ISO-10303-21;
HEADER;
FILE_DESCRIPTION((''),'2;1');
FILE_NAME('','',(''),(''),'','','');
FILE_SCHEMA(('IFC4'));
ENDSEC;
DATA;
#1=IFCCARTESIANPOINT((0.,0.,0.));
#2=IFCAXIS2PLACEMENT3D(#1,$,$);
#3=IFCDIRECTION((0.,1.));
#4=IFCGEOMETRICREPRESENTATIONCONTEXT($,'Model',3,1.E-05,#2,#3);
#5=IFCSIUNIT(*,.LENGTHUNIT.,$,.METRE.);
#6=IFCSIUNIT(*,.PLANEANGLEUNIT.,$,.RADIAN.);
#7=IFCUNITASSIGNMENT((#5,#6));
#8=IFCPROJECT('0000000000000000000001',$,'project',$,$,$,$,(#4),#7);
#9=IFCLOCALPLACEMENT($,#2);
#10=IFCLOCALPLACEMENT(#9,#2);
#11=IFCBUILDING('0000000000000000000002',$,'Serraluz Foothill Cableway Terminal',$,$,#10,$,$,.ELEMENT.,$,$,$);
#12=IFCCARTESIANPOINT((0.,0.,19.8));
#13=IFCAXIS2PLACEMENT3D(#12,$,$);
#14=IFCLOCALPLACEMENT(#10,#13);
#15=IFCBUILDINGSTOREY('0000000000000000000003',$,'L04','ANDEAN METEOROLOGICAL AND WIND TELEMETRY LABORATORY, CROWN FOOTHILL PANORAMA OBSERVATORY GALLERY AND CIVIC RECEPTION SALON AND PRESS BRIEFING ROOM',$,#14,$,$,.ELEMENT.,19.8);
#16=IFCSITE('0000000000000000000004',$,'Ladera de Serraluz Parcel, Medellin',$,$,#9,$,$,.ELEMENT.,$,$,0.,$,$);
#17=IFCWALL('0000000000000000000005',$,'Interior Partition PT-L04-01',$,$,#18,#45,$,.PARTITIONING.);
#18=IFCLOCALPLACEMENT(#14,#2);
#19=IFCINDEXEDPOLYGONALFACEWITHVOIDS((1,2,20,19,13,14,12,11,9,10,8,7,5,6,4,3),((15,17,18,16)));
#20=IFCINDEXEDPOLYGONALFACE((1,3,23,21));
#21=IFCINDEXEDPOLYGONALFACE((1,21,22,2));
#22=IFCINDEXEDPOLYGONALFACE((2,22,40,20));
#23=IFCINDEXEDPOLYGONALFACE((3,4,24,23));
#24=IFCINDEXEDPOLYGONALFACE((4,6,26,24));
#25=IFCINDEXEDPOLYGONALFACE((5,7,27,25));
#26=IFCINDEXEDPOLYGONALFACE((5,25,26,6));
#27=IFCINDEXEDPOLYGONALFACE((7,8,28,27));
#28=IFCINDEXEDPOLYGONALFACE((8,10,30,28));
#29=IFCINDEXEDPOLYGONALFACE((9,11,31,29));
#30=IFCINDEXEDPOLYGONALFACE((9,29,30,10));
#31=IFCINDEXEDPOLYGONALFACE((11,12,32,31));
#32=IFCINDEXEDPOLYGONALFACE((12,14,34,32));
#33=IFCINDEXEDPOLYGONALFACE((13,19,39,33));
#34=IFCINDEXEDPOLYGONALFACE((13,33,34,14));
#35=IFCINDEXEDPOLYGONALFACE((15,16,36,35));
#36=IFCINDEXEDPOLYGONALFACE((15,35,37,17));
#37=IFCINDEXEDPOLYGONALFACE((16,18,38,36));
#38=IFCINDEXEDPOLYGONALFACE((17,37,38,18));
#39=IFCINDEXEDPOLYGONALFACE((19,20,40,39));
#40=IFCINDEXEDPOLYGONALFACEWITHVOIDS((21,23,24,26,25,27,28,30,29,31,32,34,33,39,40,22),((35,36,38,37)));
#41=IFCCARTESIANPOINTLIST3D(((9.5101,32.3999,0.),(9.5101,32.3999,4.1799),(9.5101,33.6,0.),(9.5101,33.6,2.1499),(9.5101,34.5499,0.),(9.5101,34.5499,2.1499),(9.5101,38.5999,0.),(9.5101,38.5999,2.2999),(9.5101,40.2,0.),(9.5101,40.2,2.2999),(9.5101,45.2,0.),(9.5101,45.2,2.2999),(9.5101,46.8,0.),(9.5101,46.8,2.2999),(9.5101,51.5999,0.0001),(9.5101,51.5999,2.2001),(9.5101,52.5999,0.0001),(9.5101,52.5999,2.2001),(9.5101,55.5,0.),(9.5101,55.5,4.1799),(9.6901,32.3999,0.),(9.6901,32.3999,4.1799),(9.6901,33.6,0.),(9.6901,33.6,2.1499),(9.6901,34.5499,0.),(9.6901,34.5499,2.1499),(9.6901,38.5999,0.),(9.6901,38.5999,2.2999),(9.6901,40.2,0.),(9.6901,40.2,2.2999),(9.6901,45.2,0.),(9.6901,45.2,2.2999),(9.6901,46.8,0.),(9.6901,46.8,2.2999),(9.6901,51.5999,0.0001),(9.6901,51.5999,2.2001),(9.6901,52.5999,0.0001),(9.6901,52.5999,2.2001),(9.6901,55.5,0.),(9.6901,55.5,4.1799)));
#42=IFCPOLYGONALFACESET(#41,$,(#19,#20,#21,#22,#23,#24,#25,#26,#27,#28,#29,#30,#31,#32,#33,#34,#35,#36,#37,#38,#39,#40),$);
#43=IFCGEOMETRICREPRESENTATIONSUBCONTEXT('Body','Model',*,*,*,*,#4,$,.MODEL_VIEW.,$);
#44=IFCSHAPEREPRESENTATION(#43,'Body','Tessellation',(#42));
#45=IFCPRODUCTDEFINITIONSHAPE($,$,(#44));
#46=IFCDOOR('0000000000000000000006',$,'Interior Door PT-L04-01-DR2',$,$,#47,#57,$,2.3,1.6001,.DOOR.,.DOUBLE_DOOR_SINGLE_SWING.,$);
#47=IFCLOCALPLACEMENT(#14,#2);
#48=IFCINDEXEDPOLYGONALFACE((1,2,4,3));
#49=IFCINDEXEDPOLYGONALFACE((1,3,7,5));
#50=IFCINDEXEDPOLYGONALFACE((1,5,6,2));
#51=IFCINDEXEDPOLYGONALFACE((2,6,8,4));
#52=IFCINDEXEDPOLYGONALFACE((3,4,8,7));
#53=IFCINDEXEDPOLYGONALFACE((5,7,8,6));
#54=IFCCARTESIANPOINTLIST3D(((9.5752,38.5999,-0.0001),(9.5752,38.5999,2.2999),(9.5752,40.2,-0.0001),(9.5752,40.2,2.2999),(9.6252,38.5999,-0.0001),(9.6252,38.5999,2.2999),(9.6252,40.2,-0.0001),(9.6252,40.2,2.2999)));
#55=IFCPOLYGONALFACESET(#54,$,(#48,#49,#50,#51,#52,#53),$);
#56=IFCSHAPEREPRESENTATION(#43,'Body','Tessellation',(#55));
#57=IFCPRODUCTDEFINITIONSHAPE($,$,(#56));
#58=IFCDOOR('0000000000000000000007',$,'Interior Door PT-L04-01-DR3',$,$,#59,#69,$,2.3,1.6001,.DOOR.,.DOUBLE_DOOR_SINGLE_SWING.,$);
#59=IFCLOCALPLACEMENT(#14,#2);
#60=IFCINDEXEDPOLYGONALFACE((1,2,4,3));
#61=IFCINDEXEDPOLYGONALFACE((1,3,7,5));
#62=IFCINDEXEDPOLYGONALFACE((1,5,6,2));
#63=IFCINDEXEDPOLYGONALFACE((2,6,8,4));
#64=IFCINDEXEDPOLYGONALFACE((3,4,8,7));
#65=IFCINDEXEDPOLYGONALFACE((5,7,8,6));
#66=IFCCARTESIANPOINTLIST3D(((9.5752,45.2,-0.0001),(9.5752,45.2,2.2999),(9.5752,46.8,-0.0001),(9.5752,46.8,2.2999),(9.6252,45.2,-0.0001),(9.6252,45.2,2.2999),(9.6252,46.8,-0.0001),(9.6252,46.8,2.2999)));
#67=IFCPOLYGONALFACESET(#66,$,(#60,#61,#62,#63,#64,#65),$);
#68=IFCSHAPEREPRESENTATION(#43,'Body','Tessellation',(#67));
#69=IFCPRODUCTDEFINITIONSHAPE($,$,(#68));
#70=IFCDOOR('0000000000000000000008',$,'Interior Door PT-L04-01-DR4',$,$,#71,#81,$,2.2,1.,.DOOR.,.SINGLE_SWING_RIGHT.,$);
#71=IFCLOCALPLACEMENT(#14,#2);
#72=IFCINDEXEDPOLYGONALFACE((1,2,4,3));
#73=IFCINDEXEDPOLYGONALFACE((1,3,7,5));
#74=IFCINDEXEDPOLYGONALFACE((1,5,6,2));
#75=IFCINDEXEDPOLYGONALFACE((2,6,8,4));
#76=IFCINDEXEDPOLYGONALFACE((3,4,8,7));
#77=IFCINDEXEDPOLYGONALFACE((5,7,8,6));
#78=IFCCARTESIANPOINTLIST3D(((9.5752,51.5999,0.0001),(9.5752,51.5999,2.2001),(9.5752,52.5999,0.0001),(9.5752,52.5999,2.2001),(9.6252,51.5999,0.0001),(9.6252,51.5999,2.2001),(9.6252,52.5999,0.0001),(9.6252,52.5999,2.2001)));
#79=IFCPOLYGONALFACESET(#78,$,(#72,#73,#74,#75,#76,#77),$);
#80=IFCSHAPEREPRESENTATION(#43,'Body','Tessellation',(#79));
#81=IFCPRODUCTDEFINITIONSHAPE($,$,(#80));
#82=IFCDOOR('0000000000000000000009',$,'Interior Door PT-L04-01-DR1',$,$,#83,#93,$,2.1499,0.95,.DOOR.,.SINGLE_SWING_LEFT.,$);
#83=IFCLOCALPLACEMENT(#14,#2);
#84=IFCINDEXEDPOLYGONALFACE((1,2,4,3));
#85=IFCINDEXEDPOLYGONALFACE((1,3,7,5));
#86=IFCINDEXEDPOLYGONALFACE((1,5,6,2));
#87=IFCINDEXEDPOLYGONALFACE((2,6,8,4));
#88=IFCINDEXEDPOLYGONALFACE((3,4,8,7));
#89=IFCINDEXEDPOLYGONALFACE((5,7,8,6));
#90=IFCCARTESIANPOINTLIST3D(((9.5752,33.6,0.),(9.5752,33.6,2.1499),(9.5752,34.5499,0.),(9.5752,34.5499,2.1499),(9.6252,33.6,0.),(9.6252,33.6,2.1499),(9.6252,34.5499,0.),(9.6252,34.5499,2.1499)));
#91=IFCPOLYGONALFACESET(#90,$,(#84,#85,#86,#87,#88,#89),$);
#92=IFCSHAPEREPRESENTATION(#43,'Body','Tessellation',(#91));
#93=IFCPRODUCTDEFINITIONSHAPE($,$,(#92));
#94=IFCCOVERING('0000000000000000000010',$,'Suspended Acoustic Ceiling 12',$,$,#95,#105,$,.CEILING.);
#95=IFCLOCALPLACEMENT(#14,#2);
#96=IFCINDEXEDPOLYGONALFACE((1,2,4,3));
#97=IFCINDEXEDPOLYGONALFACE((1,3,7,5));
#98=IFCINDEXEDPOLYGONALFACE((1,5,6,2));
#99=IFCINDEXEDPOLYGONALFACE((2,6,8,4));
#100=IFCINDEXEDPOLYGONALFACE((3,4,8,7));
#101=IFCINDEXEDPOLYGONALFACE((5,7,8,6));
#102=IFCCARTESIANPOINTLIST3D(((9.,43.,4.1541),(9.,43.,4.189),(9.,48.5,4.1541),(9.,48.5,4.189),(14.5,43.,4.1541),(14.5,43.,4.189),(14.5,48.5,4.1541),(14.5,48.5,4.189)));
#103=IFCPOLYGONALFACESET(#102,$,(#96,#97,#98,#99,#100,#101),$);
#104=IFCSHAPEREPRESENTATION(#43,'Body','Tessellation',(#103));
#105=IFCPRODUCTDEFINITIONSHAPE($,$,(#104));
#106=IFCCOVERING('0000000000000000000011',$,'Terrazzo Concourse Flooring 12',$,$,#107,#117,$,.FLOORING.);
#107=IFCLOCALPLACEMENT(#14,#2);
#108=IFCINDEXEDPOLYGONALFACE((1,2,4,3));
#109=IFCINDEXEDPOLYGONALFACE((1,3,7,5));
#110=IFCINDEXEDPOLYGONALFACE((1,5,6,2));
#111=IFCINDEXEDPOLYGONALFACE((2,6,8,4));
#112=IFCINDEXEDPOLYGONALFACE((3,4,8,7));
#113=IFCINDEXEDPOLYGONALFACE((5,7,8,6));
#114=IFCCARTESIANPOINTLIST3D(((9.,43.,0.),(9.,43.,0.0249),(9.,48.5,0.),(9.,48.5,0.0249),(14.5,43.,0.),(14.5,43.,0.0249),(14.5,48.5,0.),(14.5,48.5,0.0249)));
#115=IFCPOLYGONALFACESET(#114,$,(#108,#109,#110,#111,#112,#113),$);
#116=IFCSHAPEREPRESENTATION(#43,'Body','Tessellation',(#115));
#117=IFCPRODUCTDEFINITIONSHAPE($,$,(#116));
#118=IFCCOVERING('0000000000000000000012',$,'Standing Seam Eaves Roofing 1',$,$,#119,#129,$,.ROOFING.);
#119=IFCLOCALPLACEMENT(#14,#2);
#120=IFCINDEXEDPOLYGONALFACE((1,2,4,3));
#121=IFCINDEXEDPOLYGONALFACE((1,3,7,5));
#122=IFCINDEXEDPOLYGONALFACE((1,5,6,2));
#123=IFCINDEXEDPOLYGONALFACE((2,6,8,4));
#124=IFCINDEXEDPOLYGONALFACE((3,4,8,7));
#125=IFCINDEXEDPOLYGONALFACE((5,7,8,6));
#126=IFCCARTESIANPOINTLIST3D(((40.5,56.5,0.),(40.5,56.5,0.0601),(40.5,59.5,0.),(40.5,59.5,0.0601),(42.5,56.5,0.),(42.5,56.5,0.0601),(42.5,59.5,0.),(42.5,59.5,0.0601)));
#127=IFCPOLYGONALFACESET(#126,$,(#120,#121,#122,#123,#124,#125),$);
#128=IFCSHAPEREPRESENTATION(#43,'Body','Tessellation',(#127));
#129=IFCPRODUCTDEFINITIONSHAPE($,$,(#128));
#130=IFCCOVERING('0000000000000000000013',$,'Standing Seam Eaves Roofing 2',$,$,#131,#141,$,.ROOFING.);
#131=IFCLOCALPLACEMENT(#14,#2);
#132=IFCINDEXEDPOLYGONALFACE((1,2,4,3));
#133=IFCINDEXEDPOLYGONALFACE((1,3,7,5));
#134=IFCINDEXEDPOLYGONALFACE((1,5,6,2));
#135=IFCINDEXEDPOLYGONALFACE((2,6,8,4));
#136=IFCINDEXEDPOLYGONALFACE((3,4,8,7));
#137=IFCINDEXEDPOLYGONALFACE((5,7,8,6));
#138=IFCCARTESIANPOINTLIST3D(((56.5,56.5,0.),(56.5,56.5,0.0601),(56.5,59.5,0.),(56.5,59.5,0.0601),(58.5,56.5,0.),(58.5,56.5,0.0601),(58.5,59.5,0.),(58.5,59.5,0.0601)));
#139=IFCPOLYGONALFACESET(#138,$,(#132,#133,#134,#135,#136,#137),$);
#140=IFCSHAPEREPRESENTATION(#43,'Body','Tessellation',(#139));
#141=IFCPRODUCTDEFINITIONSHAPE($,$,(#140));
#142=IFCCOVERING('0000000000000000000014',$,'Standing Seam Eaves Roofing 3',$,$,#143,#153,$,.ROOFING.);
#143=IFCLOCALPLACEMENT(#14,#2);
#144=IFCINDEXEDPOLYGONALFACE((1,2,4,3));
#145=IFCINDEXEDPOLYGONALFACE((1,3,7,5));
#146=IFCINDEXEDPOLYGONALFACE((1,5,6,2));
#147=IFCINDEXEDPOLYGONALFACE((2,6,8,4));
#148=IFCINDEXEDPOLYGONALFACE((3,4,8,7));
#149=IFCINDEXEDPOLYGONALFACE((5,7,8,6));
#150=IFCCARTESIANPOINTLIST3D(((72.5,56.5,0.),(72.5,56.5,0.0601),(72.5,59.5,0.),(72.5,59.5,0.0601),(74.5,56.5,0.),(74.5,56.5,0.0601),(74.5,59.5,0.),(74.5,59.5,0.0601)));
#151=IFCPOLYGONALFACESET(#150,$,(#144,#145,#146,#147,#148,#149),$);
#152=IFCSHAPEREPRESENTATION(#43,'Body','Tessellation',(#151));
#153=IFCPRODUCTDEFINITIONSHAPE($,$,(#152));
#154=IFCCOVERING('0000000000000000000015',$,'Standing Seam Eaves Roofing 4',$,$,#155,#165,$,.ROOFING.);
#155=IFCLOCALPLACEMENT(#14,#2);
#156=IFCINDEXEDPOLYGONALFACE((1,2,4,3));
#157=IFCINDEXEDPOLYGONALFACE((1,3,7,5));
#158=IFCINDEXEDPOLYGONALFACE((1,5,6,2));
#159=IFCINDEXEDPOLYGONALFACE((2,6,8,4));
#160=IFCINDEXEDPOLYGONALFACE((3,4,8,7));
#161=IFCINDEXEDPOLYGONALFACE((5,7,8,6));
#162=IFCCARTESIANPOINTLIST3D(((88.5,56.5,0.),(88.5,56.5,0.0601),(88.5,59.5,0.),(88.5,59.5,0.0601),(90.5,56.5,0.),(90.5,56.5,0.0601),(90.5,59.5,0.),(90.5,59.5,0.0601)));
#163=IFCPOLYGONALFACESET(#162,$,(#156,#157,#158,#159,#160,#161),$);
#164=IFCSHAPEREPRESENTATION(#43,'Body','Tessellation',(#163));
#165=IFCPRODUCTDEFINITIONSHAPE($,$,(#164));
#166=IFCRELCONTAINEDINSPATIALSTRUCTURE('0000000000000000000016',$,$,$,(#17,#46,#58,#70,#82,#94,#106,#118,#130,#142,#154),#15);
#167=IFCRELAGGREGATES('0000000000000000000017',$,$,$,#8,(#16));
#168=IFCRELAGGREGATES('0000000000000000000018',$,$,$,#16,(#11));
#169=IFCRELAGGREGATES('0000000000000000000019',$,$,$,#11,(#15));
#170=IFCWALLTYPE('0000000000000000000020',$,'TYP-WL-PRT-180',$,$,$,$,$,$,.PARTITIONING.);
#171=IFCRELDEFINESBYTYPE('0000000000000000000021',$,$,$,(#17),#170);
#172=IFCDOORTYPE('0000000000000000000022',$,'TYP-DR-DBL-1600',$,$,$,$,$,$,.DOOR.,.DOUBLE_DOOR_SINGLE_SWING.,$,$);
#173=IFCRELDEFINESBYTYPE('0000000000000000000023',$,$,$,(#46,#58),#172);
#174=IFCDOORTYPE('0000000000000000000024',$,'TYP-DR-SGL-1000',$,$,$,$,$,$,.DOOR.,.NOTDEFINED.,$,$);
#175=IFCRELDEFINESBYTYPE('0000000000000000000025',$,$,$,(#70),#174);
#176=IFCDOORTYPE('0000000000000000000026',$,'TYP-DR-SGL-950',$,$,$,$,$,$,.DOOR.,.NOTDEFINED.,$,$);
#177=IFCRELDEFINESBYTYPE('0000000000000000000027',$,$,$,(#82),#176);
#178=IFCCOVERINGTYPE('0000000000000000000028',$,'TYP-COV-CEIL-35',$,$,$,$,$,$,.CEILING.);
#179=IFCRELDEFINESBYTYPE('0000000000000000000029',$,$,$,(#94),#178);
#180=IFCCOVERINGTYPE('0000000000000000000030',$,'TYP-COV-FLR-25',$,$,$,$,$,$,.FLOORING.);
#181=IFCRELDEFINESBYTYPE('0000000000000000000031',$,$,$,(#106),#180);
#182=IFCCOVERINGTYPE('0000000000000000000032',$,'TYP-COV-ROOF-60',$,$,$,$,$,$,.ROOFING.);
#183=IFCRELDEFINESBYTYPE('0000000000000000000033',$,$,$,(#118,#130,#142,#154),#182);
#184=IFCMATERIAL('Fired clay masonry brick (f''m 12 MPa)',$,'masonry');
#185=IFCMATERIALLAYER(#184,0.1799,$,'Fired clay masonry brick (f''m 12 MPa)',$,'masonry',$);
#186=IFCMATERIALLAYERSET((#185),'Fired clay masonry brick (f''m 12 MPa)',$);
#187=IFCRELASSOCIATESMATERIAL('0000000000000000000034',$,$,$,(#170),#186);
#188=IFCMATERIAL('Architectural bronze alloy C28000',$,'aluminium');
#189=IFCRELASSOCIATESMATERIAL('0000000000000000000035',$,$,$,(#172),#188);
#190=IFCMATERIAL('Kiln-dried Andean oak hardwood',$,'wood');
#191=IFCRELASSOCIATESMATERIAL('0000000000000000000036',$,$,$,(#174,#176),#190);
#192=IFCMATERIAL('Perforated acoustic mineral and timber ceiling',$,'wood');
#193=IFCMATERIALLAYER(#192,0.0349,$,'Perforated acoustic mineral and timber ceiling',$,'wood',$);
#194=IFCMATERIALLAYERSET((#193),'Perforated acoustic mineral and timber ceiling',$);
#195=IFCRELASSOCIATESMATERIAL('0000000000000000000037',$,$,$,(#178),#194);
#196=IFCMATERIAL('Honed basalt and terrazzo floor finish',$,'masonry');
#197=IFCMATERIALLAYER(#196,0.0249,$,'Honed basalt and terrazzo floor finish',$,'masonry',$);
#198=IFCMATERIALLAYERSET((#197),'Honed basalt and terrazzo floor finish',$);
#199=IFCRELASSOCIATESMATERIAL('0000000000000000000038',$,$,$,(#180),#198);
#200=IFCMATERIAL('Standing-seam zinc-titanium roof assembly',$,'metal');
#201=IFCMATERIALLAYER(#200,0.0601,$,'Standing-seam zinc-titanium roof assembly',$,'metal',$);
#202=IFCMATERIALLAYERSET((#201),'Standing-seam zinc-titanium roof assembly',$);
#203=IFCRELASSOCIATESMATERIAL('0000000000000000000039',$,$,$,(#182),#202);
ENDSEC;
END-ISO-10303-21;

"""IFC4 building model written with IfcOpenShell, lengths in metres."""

from ifc_helpers import new_model, si_unit, direction, frame, frame_2d, origin, place, context, subcontext, project, spatial, polyline, rectangle, outline, extrude, material, layer, layer_set, type_object, element, fill, save


model = new_model("IFC4")

# Units and contexts
model_context = context("Model", 3, precision=1e-05, world=origin(), true_north=direction((0.0, 1.0)))
body_context = subcontext(model_context, "Body", "Model", "MODEL_VIEW")
ifc_project = project(units=[si_unit("LENGTHUNIT", "METRE"), si_unit("PLANEANGLEUNIT", "RADIAN")], contexts=[model_context])

# Site, building, storey
site_placement = place(None, origin())
site = spatial("IfcSite", under=ifc_project, at=site_placement, Name="Ladera de Serraluz Parcel, Medellin", CompositionType="ELEMENT", RefElevation=0.0)
building_placement = place(site_placement, origin())
building = spatial("IfcBuilding", under=site, at=building_placement, Name="Serraluz Foothill Cableway Terminal", CompositionType="ELEMENT")
storey_placement = place(building_placement, frame((0.0, 0.0, 19.8)))
storey = spatial("IfcBuildingStorey", under=building, at=storey_placement, Name="L04", Description="ANDEAN METEOROLOGICAL AND WIND TELEMETRY LABORATORY, CROWN FOOTHILL PANORAMA OBSERVATORY GALLERY AND CIVIC RECEPTION SALON AND PRESS BRIEFING ROOM", CompositionType="ELEMENT", Elevation=19.8)

# Shared definitions
ifc_material_1 = material(Name="Fired clay masonry brick (f'm 12 MPa)", Category="masonry")

# Wall, openings, doors
ifc_layer_1 = layer(ifc_material_1, 0.1799, Name="Fired clay masonry brick (f'm 12 MPa)", Category="masonry")
ifc_layer_set_1 = layer_set([ifc_layer_1], Name="Fired clay masonry brick (f'm 12 MPa)")
wall_type_1 = type_object("IfcWallType", Name="TYP-WL-PRT-180", PredefinedType="PARTITIONING", material=ifc_layer_set_1)
wall_1_placement = place(storey_placement, frame((9.6001, 32.3999, 0.0), z_axis=(0.0, 0.0, 1.0), x_axis=(0.0, 1.0, 0.0)))
wall_1 = element("IfcWall", 1, at=wall_1_placement, inside=storey, type_object=wall_type_1, Name="Interior Partition PT-L04-01", PredefinedType="PARTITIONING", context=body_context, shape_type="SweptSolid", body=[
    extrude(rectangle(XDim=23.1001, YDim=0.1799, at=frame_2d((11.55, 0.0))), origin(), (0.0, 0.0, 1.0), 4.1799),
])
opening_1_placement = place(wall_1_placement, frame((1.2, 0.0, 0.0)))
opening_1 = element("IfcOpeningElement", 2, at=opening_1_placement, cuts=wall_1, PredefinedType="OPENING", context=body_context, shape_type="SweptSolid", body=[
    extrude(rectangle(XDim=0.95, YDim=2.1499, at=frame_2d((0.4751, 1.075))), frame((0.0, 0.1001, 0.0), z_axis=(0.0, -1.0, 0.0), x_axis=(1.0, 0.0, 0.0)), (0.0, 0.0, 1.0), 0.2),
])
opening_2_placement = place(wall_1_placement, frame((6.2, 0.0, 0.0)))
opening_2 = element("IfcOpeningElement", 3, at=opening_2_placement, cuts=wall_1, PredefinedType="OPENING", context=body_context, shape_type="SweptSolid", body=[
    extrude(rectangle(XDim=1.6001, YDim=2.3, at=frame_2d((0.8, 1.1499))), frame((0.0, 0.1001, 0.0), z_axis=(0.0, -1.0, 0.0), x_axis=(1.0, 0.0, 0.0)), (0.0, 0.0, 1.0), 0.2),
])
opening_3_placement = place(wall_1_placement, frame((12.8, 0.0, 0.0)))
opening_3 = element("IfcOpeningElement", 4, at=opening_3_placement, cuts=wall_1, PredefinedType="OPENING", context=body_context, shape_type="SweptSolid", body=[
    extrude(rectangle(XDim=1.6001, YDim=2.3, at=frame_2d((0.8, 1.1499))), frame((0.0, 0.1001, 0.0), z_axis=(0.0, -1.0, 0.0), x_axis=(1.0, 0.0, 0.0)), (0.0, 0.0, 1.0), 0.2),
])
opening_4_placement = place(wall_1_placement, frame((19.2, 0.0, 0.0)))
opening_4 = element("IfcOpeningElement", 5, at=opening_4_placement, cuts=wall_1, PredefinedType="OPENING", context=body_context, shape_type="SweptSolid", body=[
    extrude(rectangle(XDim=1.0, YDim=2.2, at=frame_2d((0.5, 1.1001))), frame((0.0, 0.1001, 0.0), z_axis=(0.0, -1.0, 0.0), x_axis=(1.0, 0.0, 0.0)), (0.0, 0.0, 1.0), 0.2),
])
ifc_material_2 = material(Name="Architectural bronze alloy C28000", Category="aluminium")
door_type_1 = type_object("IfcDoorType", Name="TYP-DR-DBL-1600", OperationType="DOUBLE_DOOR_SINGLE_SWING", PredefinedType="DOOR", material=ifc_material_2)
door_1_placement = place(opening_2_placement, origin())
door_1 = element("IfcDoor", 6, at=door_1_placement, inside=storey, type_object=door_type_1, Name="Interior Door PT-L04-01-DR2", OperationType="DOUBLE_DOOR_SINGLE_SWING", OverallHeight=2.3, OverallWidth=1.6001, PredefinedType="DOOR", context=body_context, shape_type="SweptSolid", body=[
    extrude(rectangle(XDim=1.6001, YDim=2.3, at=frame_2d((0.8, 1.1499))), frame((0.0, 0.0249, 0.0), z_axis=(0.0, -1.0, 0.0), x_axis=(1.0, 0.0, 0.0)), (0.0, 0.0, 1.0), 0.05),
])
fill(opening_2, door_1)
door_2_placement = place(opening_3_placement, origin())
door_2 = element("IfcDoor", 7, at=door_2_placement, inside=storey, type_object=door_type_1, Name="Interior Door PT-L04-01-DR3", OperationType="DOUBLE_DOOR_SINGLE_SWING", OverallHeight=2.3, OverallWidth=1.6001, PredefinedType="DOOR", context=body_context, shape_type="SweptSolid", body=[
    extrude(rectangle(XDim=1.6001, YDim=2.3, at=frame_2d((0.8, 1.1499))), frame((0.0, 0.0249, 0.0), z_axis=(0.0, -1.0, 0.0), x_axis=(1.0, 0.0, 0.0)), (0.0, 0.0, 1.0), 0.05),
])
fill(opening_3, door_2)
ifc_material_3 = material(Name="Kiln-dried Andean oak hardwood", Category="wood")
door_type_2 = type_object("IfcDoorType", Name="TYP-DR-SGL-1000", OperationType="NOTDEFINED", PredefinedType="DOOR", material=ifc_material_3)
door_3_placement = place(opening_4_placement, origin())
door_3 = element("IfcDoor", 8, at=door_3_placement, inside=storey, type_object=door_type_2, Name="Interior Door PT-L04-01-DR4", OperationType="SINGLE_SWING_RIGHT", OverallHeight=2.2, OverallWidth=1.0, PredefinedType="DOOR", context=body_context, shape_type="SweptSolid", body=[
    extrude(rectangle(XDim=1.0, YDim=2.2, at=frame_2d((0.5, 1.1001))), frame((0.0, 0.0249, 0.0), z_axis=(0.0, -1.0, 0.0), x_axis=(1.0, 0.0, 0.0)), (0.0, 0.0, 1.0), 0.05),
])
fill(opening_4, door_3)
door_type_3 = type_object("IfcDoorType", Name="TYP-DR-SGL-950", OperationType="NOTDEFINED", PredefinedType="DOOR", material=ifc_material_3)
door_4_placement = place(opening_1_placement, origin())
door_4 = element("IfcDoor", 9, at=door_4_placement, inside=storey, type_object=door_type_3, Name="Interior Door PT-L04-01-DR1", OperationType="SINGLE_SWING_LEFT", OverallHeight=2.1499, OverallWidth=0.95, PredefinedType="DOOR", context=body_context, shape_type="SweptSolid", body=[
    extrude(rectangle(XDim=0.95, YDim=2.1499, at=frame_2d((0.4751, 1.075))), frame((0.0, 0.0249, 0.0), z_axis=(0.0, -1.0, 0.0), x_axis=(1.0, 0.0, 0.0)), (0.0, 0.0, 1.0), 0.05),
])
fill(opening_1, door_4)

# Coverings
ifc_material_4 = material(Name="Perforated acoustic mineral and timber ceiling", Category="wood")
ifc_layer_2 = layer(ifc_material_4, 0.0349, Name="Perforated acoustic mineral and timber ceiling", Category="wood")
ifc_layer_set_2 = layer_set([ifc_layer_2], Name="Perforated acoustic mineral and timber ceiling")
covering_type_1 = type_object("IfcCoveringType", Name="TYP-COV-CEIL-35", PredefinedType="CEILING", material=ifc_layer_set_2)
covering_1_placement = place(storey_placement, frame((0.0, 0.0, 4.1541)))
element("IfcCovering", 10, at=covering_1_placement, inside=storey, type_object=covering_type_1, Name="Suspended Acoustic Ceiling 12", PredefinedType="CEILING", context=body_context, shape_type="SweptSolid", body=[
    extrude(outline(polyline([(9.0, 48.5), (14.5, 48.5), (14.5, 43.0), (9.0, 43.0), (9.0, 48.5)])), origin(), (0.0, 0.0, 1.0), 0.0349),
])
ifc_material_5 = material(Name="Honed basalt and terrazzo floor finish", Category="masonry")
ifc_layer_3 = layer(ifc_material_5, 0.0249, Name="Honed basalt and terrazzo floor finish", Category="masonry")
ifc_layer_set_3 = layer_set([ifc_layer_3], Name="Honed basalt and terrazzo floor finish")
covering_type_2 = type_object("IfcCoveringType", Name="TYP-COV-FLR-25", PredefinedType="FLOORING", material=ifc_layer_set_3)
covering_2_placement = place(storey_placement, origin())
element("IfcCovering", 11, at=covering_2_placement, inside=storey, type_object=covering_type_2, Name="Terrazzo Concourse Flooring 12", PredefinedType="FLOORING", context=body_context, shape_type="SweptSolid", body=[
    extrude(outline(polyline([(9.0, 43.0), (14.5, 43.0), (14.5, 48.5), (9.0, 48.5), (9.0, 43.0)])), origin(), (0.0, 0.0, 1.0), 0.0249),
])
ifc_material_6 = material(Name="Standing-seam zinc-titanium roof assembly", Category="metal")
ifc_layer_4 = layer(ifc_material_6, 0.0601, Name="Standing-seam zinc-titanium roof assembly", Category="metal")
ifc_layer_set_4 = layer_set([ifc_layer_4], Name="Standing-seam zinc-titanium roof assembly")
covering_type_3 = type_object("IfcCoveringType", Name="TYP-COV-ROOF-60", PredefinedType="ROOFING", material=ifc_layer_set_4)
covering_3_placement = place(storey_placement, origin())
element("IfcCovering", 12, at=covering_3_placement, inside=storey, type_object=covering_type_3, Name="Standing Seam Eaves Roofing 1", PredefinedType="ROOFING", context=body_context, shape_type="SweptSolid", body=[
    extrude(outline(polyline([(40.5, 56.5), (42.5, 56.5), (42.5, 59.5), (40.5, 59.5), (40.5, 56.5)])), origin(), (0.0, 0.0, 1.0), 0.0601),
])
covering_4_placement = place(storey_placement, origin())
element("IfcCovering", 13, at=covering_4_placement, inside=storey, type_object=covering_type_3, Name="Standing Seam Eaves Roofing 2", PredefinedType="ROOFING", context=body_context, shape_type="SweptSolid", body=[
    extrude(outline(polyline([(56.5, 56.5), (58.5, 56.5), (58.5, 59.5), (56.5, 59.5), (56.5, 56.5)])), origin(), (0.0, 0.0, 1.0), 0.0601),
])
covering_5_placement = place(storey_placement, origin())
element("IfcCovering", 14, at=covering_5_placement, inside=storey, type_object=covering_type_3, Name="Standing Seam Eaves Roofing 3", PredefinedType="ROOFING", context=body_context, shape_type="SweptSolid", body=[
    extrude(outline(polyline([(72.5, 56.5), (74.5, 56.5), (74.5, 59.5), (72.5, 59.5), (72.5, 56.5)])), origin(), (0.0, 0.0, 1.0), 0.0601),
])
covering_6_placement = place(storey_placement, origin())
element("IfcCovering", 15, at=covering_6_placement, inside=storey, type_object=covering_type_3, Name="Standing Seam Eaves Roofing 4", PredefinedType="ROOFING", context=body_context, shape_type="SweptSolid", body=[
    extrude(outline(polyline([(88.5, 56.5), (90.5, 56.5), (90.5, 59.5), (88.5, 59.5), (88.5, 56.5)])), origin(), (0.0, 0.0, 1.0), 0.0601),
])

save(model, "model.ifc")
